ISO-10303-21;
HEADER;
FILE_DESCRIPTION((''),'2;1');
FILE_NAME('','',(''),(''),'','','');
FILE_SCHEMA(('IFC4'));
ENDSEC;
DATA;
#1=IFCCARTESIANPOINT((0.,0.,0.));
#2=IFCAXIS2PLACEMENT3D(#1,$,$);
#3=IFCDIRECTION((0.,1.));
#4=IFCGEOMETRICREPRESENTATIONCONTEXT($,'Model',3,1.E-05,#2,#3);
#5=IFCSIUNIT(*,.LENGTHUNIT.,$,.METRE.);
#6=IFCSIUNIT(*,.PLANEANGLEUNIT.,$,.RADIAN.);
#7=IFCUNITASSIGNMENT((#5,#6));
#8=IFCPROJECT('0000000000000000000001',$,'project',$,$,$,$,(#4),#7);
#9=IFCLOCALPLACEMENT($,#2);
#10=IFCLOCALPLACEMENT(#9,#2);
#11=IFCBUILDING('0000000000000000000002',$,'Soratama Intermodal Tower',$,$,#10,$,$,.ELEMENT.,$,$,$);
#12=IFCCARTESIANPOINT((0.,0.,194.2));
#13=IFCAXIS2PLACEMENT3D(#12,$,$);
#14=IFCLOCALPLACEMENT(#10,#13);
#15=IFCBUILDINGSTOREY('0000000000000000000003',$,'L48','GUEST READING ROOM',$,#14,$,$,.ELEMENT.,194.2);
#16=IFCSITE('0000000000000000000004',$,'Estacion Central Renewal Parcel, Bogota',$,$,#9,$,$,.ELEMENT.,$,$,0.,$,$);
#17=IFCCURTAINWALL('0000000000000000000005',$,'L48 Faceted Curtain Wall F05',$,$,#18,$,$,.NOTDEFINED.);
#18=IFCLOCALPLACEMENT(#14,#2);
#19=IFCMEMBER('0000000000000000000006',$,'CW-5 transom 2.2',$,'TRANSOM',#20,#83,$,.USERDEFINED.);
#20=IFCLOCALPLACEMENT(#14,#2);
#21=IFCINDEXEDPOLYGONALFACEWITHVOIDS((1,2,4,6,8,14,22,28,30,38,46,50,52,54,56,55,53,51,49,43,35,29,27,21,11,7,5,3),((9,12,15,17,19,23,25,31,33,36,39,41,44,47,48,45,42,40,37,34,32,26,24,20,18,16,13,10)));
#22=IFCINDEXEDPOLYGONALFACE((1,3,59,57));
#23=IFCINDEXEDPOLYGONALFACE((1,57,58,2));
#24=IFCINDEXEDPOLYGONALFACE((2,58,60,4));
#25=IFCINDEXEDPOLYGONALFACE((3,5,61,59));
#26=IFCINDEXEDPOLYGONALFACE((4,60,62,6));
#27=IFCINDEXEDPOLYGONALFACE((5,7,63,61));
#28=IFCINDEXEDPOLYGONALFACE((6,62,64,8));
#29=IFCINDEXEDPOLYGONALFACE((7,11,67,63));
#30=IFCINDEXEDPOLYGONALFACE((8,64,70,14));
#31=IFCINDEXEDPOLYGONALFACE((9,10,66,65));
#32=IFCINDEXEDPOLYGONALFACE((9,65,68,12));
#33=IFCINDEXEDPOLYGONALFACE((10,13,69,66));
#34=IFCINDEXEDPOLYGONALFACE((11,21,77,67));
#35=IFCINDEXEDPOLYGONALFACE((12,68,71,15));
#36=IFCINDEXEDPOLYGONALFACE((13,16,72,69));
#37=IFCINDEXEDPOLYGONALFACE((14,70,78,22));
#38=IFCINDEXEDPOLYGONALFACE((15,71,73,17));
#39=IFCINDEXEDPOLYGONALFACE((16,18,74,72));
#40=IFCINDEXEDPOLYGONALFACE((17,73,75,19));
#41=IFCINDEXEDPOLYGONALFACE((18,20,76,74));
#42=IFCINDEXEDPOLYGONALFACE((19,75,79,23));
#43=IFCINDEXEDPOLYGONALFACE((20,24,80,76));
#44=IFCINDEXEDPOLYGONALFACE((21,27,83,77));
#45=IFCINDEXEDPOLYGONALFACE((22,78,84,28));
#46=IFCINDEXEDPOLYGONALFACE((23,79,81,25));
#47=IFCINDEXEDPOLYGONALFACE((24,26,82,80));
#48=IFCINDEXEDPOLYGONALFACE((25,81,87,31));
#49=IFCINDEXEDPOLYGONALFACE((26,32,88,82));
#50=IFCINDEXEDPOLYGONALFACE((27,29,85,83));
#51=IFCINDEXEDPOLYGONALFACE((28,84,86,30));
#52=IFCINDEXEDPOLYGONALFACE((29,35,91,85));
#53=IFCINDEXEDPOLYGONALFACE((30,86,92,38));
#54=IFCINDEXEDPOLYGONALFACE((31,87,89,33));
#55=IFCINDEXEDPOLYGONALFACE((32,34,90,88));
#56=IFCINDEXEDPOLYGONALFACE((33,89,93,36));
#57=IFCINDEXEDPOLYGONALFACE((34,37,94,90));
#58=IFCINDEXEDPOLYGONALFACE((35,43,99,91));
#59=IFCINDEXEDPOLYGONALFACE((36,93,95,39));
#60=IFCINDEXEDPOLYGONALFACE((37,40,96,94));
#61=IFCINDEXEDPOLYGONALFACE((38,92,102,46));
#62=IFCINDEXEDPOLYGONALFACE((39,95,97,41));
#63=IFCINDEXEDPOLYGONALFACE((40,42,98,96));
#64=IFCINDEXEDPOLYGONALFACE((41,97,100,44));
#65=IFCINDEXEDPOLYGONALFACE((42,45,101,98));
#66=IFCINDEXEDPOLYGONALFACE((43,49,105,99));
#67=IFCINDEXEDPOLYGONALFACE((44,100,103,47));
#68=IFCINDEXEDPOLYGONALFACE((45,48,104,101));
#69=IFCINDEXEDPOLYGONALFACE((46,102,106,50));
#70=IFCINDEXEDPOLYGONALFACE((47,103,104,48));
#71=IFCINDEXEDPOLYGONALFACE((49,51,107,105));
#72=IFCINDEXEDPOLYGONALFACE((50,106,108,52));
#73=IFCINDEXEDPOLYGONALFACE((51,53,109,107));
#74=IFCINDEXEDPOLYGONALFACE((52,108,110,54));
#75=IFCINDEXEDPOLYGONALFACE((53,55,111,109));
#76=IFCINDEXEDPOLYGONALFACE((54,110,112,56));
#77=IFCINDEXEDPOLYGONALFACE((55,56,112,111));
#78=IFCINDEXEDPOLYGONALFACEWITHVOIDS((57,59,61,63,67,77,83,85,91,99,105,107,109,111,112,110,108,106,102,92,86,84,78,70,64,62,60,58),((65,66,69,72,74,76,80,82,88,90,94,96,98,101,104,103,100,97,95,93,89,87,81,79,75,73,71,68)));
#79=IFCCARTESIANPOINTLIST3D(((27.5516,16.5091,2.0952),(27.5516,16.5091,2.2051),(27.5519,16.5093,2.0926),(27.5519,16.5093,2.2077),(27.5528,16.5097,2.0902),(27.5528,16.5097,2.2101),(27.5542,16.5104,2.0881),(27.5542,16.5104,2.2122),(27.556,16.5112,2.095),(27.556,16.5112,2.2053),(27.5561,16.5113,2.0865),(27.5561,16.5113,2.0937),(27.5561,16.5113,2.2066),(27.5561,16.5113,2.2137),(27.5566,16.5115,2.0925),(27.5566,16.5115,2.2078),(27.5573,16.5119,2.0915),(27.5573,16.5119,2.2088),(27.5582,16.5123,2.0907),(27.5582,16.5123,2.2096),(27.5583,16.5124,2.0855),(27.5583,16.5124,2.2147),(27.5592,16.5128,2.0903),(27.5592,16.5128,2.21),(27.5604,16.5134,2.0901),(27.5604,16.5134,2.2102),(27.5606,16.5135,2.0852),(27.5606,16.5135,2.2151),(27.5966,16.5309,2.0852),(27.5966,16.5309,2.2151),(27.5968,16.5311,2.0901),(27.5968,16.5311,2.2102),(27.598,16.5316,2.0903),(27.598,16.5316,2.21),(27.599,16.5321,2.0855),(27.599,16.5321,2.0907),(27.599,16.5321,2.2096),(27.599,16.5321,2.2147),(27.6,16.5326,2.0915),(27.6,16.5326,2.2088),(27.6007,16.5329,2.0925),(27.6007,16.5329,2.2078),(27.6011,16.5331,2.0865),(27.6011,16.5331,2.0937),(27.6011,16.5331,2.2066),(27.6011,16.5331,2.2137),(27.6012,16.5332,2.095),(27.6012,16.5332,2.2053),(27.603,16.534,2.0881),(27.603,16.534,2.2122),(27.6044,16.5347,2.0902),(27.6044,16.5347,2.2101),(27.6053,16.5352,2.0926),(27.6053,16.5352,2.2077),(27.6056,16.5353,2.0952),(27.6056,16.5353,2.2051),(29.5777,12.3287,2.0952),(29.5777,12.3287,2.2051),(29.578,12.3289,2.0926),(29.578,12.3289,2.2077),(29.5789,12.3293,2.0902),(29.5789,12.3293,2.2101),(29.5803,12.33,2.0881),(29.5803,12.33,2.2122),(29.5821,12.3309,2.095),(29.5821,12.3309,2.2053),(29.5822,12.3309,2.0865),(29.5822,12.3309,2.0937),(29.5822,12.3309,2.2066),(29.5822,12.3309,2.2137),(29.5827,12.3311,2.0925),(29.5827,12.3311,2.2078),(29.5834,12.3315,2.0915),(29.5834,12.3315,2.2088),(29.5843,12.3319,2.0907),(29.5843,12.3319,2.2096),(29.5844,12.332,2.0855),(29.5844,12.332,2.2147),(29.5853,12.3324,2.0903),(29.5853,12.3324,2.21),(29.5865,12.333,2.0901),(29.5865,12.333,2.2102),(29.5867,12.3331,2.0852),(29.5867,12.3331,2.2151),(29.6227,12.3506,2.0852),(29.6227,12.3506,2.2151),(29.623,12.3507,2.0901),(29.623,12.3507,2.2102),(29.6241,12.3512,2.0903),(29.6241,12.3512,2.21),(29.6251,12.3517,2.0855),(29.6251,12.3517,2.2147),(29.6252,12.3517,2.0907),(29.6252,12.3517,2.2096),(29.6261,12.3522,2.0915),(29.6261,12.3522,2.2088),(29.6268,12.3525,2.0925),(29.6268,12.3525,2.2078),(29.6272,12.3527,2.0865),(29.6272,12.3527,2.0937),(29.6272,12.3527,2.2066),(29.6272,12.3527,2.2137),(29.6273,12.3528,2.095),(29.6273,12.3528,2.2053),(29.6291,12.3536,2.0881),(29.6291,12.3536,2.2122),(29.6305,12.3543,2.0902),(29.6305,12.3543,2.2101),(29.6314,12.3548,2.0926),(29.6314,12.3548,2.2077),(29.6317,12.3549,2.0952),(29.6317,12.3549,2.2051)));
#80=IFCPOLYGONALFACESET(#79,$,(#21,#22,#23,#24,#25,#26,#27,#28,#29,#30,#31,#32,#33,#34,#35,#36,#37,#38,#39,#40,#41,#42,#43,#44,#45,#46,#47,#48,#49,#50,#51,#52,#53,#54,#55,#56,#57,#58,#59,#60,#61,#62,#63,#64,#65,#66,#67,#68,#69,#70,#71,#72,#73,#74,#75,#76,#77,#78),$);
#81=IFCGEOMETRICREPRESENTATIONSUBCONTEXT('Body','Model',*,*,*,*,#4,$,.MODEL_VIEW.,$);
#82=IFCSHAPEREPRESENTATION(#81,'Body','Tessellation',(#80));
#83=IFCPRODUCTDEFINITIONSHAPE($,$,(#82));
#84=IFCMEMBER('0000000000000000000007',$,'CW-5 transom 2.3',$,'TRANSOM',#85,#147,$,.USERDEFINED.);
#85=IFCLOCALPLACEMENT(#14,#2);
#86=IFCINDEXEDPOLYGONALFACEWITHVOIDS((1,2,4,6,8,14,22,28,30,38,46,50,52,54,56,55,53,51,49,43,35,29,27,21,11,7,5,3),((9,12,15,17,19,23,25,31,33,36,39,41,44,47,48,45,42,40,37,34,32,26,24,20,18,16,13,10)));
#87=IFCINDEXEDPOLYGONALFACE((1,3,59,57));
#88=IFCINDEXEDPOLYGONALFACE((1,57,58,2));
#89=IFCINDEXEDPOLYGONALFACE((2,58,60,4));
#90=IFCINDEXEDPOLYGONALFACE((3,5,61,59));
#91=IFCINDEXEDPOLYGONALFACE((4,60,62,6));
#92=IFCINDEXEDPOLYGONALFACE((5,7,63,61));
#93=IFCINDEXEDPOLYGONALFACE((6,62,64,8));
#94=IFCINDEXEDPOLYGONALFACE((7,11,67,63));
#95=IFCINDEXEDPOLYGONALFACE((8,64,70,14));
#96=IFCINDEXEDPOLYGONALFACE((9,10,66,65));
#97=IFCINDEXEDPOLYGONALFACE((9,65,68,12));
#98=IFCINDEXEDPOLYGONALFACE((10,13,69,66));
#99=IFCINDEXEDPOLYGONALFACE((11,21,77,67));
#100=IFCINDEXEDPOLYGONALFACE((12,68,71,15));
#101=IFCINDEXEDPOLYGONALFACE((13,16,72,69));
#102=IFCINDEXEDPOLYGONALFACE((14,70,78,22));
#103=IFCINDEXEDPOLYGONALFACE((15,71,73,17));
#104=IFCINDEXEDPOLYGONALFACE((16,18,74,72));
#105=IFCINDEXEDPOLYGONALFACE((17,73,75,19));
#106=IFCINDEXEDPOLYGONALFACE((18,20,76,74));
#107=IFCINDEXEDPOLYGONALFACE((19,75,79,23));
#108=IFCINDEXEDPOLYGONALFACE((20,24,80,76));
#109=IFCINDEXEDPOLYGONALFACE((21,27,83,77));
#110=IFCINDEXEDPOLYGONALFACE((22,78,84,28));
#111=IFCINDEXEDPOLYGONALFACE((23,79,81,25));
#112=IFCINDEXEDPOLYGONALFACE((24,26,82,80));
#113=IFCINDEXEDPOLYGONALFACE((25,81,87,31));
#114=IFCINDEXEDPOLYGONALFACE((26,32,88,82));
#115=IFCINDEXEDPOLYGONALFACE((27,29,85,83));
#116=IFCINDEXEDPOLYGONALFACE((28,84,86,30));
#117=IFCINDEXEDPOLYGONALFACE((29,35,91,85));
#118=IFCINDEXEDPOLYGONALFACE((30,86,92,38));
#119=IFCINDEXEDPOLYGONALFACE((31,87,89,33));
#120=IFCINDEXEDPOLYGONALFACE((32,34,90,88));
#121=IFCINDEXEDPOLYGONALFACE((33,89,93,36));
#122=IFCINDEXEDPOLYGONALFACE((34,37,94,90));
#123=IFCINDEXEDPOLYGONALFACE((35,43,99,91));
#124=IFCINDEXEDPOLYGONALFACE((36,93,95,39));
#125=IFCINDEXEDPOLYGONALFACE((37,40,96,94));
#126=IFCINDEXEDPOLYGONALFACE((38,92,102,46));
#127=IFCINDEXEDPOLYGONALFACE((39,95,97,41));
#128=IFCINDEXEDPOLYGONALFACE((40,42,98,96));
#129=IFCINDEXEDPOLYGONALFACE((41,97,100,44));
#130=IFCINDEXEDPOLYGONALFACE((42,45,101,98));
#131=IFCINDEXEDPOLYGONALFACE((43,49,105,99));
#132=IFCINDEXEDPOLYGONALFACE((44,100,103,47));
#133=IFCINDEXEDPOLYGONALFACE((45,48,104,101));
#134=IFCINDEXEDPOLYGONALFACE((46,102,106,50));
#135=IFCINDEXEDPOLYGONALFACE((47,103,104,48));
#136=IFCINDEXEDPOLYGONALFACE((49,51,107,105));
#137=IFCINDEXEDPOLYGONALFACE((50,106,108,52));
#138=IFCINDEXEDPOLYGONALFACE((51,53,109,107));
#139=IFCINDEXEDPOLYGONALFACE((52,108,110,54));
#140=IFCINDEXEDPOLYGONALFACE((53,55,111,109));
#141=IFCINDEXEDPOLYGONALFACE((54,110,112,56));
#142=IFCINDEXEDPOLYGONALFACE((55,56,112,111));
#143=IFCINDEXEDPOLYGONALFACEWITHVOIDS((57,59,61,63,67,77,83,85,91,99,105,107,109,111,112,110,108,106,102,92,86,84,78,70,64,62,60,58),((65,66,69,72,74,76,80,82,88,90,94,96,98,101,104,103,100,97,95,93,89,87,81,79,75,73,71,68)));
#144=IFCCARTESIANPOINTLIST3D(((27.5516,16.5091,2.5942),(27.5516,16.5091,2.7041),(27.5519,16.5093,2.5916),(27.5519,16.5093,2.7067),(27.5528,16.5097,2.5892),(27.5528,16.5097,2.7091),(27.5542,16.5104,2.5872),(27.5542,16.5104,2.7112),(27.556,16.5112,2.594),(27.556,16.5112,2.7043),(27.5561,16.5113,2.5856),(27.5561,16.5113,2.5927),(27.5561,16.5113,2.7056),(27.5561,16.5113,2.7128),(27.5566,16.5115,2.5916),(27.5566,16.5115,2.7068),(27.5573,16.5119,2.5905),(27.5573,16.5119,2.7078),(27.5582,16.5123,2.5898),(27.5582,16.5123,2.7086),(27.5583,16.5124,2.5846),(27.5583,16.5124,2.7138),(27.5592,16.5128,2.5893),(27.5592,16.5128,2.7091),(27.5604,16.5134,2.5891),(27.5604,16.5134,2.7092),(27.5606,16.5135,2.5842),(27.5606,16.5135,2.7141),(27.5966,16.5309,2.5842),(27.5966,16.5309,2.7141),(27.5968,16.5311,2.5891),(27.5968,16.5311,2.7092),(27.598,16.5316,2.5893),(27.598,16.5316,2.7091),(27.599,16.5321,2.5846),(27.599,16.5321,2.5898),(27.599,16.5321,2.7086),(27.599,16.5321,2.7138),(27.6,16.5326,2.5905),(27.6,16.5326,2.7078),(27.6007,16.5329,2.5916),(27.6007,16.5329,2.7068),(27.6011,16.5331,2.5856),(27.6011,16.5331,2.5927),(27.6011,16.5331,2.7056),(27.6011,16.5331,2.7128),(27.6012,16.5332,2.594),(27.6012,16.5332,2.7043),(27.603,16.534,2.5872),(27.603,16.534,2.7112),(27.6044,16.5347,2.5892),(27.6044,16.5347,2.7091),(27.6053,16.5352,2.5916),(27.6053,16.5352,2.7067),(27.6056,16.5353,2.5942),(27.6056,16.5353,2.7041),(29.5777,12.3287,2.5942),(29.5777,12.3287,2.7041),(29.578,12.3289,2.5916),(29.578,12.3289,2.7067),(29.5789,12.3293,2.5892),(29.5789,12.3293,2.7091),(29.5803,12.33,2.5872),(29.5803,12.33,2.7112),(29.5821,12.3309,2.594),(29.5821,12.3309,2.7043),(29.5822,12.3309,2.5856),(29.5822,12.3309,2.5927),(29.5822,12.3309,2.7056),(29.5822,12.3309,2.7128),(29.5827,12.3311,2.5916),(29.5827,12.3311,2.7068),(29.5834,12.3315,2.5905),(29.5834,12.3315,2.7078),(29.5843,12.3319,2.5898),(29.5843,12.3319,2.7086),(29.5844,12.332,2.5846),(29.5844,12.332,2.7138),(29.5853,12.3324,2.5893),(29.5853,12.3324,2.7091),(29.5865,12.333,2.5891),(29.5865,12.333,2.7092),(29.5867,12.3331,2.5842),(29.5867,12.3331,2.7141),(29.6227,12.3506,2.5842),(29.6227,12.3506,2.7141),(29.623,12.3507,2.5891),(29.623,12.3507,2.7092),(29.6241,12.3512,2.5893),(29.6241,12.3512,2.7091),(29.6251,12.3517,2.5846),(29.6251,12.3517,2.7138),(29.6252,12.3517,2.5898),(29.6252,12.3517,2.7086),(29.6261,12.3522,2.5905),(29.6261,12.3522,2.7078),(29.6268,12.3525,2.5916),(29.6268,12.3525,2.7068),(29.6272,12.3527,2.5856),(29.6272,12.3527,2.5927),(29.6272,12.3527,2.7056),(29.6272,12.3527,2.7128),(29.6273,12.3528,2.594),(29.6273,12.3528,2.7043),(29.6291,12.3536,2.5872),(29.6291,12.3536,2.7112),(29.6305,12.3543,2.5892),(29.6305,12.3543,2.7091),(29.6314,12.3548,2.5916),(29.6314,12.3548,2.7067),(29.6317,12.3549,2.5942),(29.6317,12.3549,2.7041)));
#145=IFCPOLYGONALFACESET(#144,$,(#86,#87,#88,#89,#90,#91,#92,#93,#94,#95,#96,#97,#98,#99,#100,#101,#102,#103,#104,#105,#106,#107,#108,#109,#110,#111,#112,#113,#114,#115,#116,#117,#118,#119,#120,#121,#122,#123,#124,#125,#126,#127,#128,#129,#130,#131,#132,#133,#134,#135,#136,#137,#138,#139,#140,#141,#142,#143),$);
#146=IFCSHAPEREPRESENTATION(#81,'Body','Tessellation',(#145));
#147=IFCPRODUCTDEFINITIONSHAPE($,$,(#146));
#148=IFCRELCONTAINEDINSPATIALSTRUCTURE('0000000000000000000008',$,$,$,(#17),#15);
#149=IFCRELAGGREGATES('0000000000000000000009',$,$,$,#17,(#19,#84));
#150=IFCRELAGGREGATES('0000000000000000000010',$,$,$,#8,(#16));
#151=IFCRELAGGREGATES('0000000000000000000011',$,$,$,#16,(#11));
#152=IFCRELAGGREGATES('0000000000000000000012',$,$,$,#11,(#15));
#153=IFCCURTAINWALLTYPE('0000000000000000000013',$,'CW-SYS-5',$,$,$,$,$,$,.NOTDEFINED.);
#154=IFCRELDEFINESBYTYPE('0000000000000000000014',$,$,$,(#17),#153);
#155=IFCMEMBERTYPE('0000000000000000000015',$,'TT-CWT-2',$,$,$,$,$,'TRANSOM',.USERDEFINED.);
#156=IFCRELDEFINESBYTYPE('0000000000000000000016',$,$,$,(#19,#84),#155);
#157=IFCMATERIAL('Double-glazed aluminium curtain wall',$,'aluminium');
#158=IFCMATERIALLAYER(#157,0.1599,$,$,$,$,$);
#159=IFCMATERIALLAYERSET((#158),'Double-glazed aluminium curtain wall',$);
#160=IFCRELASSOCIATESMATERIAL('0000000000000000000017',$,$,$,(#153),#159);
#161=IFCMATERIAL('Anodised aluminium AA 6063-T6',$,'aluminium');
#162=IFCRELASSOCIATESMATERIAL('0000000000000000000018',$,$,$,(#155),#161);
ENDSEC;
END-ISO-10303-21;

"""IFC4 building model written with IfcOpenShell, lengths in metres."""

from ifc_helpers import new_model, si_unit, direction, frame, origin, origin_2d, place, context, subcontext, project, spatial, hollow_rectangle, extrude, material, layer, layer_set, material_profile, profile_set, type_object, element, aggregate, save


model = new_model("IFC4")

# Units and contexts
model_context = context("Model", 3, precision=1e-05, world=origin(), true_north=direction((0.0, 1.0)))
body_context = subcontext(model_context, "Body", "Model", "MODEL_VIEW")
ifc_project = project(units=[si_unit("LENGTHUNIT", "METRE"), si_unit("PLANEANGLEUNIT", "RADIAN")], contexts=[model_context])

# Site, building, storey
site_placement = place(None, origin())
site = spatial("IfcSite", under=ifc_project, at=site_placement, Name="Estacion Central Renewal Parcel, Bogota", CompositionType="ELEMENT", RefElevation=0.0)
building_placement = place(site_placement, origin())
building = spatial("IfcBuilding", under=site, at=building_placement, Name="Soratama Intermodal Tower", CompositionType="ELEMENT")
storey_placement = place(building_placement, frame((0.0, 0.0, 194.2)))
storey = spatial("IfcBuildingStorey", under=building, at=storey_placement, Name="L48", Description="GUEST READING ROOM", CompositionType="ELEMENT", Elevation=194.2)

# Curtain wall
ifc_material_1 = material(Name="Double-glazed aluminium curtain wall", Category="aluminium")
ifc_layer_1 = layer(ifc_material_1, 0.1599)
ifc_layer_set_1 = layer_set([ifc_layer_1], Name="Double-glazed aluminium curtain wall")
curtain_wall_type = type_object("IfcCurtainWallType", Name="CW-SYS-5", PredefinedType="NOTDEFINED", material=ifc_layer_set_1)
curtain_wall_1_placement = place(storey_placement, origin())
curtain_wall_1 = element("IfcCurtainWall", 1, at=curtain_wall_1_placement, inside=storey, type_object=curtain_wall_type, Name="L48 Faceted Curtain Wall F05", PredefinedType="NOTDEFINED")

# Members
ifc_material_2 = material(Name="Anodised aluminium AA 6063-T6", Category="aluminium")
ifc_material_profile_1 = material_profile(ifc_material_2, hollow_rectangle(XDim=0.0601, YDim=0.1299, WallThickness=0.0049, InnerFilletRadius=0.0049, OuterFilletRadius=0.01, at=origin_2d()), Name="CWT130X60X5")
ifc_profile_set_1 = profile_set([ifc_material_profile_1], Name="Anodised aluminium AA 6063-T6")
member_type_1 = type_object("IfcMemberType", Name="TT-CWT-2", ElementType="TRANSOM", PredefinedType="USERDEFINED", material=ifc_profile_set_1)
member_1_placement = place(storey_placement, frame((27.5786, 16.5222, 2.1501), z_axis=(0.436143, -0.899877, 0.0), x_axis=(0.899877, 0.436143, 0.0)))
member_1 = element("IfcMember", 2, at=member_1_placement, type_object=member_type_1, Name="CW-5 transom 2.2", ObjectType="TRANSOM", PredefinedType="USERDEFINED", context=body_context, shape_type="SweptSolid", body=[
    extrude(hollow_rectangle(XDim=0.0601, YDim=0.1299, WallThickness=0.0049, InnerFilletRadius=0.0049, OuterFilletRadius=0.01, at=origin_2d()), origin(), (0.0, 0.0, 1.0), 4.6455),
])
member_2_placement = place(storey_placement, frame((27.5786, 16.5222, 2.6492), z_axis=(0.436143, -0.899877, 0.0), x_axis=(0.899877, 0.436143, 0.0)))
member_2 = element("IfcMember", 3, at=member_2_placement, type_object=member_type_1, Name="CW-5 transom 2.3", ObjectType="TRANSOM", PredefinedType="USERDEFINED", context=body_context, shape_type="SweptSolid", body=[
    extrude(hollow_rectangle(XDim=0.0601, YDim=0.1299, WallThickness=0.0049, InnerFilletRadius=0.0049, OuterFilletRadius=0.01, at=origin_2d()), origin(), (0.0, 0.0, 1.0), 4.6455),
])

aggregate(curtain_wall_1, [member_1, member_2])

save(model, "model.ifc")
